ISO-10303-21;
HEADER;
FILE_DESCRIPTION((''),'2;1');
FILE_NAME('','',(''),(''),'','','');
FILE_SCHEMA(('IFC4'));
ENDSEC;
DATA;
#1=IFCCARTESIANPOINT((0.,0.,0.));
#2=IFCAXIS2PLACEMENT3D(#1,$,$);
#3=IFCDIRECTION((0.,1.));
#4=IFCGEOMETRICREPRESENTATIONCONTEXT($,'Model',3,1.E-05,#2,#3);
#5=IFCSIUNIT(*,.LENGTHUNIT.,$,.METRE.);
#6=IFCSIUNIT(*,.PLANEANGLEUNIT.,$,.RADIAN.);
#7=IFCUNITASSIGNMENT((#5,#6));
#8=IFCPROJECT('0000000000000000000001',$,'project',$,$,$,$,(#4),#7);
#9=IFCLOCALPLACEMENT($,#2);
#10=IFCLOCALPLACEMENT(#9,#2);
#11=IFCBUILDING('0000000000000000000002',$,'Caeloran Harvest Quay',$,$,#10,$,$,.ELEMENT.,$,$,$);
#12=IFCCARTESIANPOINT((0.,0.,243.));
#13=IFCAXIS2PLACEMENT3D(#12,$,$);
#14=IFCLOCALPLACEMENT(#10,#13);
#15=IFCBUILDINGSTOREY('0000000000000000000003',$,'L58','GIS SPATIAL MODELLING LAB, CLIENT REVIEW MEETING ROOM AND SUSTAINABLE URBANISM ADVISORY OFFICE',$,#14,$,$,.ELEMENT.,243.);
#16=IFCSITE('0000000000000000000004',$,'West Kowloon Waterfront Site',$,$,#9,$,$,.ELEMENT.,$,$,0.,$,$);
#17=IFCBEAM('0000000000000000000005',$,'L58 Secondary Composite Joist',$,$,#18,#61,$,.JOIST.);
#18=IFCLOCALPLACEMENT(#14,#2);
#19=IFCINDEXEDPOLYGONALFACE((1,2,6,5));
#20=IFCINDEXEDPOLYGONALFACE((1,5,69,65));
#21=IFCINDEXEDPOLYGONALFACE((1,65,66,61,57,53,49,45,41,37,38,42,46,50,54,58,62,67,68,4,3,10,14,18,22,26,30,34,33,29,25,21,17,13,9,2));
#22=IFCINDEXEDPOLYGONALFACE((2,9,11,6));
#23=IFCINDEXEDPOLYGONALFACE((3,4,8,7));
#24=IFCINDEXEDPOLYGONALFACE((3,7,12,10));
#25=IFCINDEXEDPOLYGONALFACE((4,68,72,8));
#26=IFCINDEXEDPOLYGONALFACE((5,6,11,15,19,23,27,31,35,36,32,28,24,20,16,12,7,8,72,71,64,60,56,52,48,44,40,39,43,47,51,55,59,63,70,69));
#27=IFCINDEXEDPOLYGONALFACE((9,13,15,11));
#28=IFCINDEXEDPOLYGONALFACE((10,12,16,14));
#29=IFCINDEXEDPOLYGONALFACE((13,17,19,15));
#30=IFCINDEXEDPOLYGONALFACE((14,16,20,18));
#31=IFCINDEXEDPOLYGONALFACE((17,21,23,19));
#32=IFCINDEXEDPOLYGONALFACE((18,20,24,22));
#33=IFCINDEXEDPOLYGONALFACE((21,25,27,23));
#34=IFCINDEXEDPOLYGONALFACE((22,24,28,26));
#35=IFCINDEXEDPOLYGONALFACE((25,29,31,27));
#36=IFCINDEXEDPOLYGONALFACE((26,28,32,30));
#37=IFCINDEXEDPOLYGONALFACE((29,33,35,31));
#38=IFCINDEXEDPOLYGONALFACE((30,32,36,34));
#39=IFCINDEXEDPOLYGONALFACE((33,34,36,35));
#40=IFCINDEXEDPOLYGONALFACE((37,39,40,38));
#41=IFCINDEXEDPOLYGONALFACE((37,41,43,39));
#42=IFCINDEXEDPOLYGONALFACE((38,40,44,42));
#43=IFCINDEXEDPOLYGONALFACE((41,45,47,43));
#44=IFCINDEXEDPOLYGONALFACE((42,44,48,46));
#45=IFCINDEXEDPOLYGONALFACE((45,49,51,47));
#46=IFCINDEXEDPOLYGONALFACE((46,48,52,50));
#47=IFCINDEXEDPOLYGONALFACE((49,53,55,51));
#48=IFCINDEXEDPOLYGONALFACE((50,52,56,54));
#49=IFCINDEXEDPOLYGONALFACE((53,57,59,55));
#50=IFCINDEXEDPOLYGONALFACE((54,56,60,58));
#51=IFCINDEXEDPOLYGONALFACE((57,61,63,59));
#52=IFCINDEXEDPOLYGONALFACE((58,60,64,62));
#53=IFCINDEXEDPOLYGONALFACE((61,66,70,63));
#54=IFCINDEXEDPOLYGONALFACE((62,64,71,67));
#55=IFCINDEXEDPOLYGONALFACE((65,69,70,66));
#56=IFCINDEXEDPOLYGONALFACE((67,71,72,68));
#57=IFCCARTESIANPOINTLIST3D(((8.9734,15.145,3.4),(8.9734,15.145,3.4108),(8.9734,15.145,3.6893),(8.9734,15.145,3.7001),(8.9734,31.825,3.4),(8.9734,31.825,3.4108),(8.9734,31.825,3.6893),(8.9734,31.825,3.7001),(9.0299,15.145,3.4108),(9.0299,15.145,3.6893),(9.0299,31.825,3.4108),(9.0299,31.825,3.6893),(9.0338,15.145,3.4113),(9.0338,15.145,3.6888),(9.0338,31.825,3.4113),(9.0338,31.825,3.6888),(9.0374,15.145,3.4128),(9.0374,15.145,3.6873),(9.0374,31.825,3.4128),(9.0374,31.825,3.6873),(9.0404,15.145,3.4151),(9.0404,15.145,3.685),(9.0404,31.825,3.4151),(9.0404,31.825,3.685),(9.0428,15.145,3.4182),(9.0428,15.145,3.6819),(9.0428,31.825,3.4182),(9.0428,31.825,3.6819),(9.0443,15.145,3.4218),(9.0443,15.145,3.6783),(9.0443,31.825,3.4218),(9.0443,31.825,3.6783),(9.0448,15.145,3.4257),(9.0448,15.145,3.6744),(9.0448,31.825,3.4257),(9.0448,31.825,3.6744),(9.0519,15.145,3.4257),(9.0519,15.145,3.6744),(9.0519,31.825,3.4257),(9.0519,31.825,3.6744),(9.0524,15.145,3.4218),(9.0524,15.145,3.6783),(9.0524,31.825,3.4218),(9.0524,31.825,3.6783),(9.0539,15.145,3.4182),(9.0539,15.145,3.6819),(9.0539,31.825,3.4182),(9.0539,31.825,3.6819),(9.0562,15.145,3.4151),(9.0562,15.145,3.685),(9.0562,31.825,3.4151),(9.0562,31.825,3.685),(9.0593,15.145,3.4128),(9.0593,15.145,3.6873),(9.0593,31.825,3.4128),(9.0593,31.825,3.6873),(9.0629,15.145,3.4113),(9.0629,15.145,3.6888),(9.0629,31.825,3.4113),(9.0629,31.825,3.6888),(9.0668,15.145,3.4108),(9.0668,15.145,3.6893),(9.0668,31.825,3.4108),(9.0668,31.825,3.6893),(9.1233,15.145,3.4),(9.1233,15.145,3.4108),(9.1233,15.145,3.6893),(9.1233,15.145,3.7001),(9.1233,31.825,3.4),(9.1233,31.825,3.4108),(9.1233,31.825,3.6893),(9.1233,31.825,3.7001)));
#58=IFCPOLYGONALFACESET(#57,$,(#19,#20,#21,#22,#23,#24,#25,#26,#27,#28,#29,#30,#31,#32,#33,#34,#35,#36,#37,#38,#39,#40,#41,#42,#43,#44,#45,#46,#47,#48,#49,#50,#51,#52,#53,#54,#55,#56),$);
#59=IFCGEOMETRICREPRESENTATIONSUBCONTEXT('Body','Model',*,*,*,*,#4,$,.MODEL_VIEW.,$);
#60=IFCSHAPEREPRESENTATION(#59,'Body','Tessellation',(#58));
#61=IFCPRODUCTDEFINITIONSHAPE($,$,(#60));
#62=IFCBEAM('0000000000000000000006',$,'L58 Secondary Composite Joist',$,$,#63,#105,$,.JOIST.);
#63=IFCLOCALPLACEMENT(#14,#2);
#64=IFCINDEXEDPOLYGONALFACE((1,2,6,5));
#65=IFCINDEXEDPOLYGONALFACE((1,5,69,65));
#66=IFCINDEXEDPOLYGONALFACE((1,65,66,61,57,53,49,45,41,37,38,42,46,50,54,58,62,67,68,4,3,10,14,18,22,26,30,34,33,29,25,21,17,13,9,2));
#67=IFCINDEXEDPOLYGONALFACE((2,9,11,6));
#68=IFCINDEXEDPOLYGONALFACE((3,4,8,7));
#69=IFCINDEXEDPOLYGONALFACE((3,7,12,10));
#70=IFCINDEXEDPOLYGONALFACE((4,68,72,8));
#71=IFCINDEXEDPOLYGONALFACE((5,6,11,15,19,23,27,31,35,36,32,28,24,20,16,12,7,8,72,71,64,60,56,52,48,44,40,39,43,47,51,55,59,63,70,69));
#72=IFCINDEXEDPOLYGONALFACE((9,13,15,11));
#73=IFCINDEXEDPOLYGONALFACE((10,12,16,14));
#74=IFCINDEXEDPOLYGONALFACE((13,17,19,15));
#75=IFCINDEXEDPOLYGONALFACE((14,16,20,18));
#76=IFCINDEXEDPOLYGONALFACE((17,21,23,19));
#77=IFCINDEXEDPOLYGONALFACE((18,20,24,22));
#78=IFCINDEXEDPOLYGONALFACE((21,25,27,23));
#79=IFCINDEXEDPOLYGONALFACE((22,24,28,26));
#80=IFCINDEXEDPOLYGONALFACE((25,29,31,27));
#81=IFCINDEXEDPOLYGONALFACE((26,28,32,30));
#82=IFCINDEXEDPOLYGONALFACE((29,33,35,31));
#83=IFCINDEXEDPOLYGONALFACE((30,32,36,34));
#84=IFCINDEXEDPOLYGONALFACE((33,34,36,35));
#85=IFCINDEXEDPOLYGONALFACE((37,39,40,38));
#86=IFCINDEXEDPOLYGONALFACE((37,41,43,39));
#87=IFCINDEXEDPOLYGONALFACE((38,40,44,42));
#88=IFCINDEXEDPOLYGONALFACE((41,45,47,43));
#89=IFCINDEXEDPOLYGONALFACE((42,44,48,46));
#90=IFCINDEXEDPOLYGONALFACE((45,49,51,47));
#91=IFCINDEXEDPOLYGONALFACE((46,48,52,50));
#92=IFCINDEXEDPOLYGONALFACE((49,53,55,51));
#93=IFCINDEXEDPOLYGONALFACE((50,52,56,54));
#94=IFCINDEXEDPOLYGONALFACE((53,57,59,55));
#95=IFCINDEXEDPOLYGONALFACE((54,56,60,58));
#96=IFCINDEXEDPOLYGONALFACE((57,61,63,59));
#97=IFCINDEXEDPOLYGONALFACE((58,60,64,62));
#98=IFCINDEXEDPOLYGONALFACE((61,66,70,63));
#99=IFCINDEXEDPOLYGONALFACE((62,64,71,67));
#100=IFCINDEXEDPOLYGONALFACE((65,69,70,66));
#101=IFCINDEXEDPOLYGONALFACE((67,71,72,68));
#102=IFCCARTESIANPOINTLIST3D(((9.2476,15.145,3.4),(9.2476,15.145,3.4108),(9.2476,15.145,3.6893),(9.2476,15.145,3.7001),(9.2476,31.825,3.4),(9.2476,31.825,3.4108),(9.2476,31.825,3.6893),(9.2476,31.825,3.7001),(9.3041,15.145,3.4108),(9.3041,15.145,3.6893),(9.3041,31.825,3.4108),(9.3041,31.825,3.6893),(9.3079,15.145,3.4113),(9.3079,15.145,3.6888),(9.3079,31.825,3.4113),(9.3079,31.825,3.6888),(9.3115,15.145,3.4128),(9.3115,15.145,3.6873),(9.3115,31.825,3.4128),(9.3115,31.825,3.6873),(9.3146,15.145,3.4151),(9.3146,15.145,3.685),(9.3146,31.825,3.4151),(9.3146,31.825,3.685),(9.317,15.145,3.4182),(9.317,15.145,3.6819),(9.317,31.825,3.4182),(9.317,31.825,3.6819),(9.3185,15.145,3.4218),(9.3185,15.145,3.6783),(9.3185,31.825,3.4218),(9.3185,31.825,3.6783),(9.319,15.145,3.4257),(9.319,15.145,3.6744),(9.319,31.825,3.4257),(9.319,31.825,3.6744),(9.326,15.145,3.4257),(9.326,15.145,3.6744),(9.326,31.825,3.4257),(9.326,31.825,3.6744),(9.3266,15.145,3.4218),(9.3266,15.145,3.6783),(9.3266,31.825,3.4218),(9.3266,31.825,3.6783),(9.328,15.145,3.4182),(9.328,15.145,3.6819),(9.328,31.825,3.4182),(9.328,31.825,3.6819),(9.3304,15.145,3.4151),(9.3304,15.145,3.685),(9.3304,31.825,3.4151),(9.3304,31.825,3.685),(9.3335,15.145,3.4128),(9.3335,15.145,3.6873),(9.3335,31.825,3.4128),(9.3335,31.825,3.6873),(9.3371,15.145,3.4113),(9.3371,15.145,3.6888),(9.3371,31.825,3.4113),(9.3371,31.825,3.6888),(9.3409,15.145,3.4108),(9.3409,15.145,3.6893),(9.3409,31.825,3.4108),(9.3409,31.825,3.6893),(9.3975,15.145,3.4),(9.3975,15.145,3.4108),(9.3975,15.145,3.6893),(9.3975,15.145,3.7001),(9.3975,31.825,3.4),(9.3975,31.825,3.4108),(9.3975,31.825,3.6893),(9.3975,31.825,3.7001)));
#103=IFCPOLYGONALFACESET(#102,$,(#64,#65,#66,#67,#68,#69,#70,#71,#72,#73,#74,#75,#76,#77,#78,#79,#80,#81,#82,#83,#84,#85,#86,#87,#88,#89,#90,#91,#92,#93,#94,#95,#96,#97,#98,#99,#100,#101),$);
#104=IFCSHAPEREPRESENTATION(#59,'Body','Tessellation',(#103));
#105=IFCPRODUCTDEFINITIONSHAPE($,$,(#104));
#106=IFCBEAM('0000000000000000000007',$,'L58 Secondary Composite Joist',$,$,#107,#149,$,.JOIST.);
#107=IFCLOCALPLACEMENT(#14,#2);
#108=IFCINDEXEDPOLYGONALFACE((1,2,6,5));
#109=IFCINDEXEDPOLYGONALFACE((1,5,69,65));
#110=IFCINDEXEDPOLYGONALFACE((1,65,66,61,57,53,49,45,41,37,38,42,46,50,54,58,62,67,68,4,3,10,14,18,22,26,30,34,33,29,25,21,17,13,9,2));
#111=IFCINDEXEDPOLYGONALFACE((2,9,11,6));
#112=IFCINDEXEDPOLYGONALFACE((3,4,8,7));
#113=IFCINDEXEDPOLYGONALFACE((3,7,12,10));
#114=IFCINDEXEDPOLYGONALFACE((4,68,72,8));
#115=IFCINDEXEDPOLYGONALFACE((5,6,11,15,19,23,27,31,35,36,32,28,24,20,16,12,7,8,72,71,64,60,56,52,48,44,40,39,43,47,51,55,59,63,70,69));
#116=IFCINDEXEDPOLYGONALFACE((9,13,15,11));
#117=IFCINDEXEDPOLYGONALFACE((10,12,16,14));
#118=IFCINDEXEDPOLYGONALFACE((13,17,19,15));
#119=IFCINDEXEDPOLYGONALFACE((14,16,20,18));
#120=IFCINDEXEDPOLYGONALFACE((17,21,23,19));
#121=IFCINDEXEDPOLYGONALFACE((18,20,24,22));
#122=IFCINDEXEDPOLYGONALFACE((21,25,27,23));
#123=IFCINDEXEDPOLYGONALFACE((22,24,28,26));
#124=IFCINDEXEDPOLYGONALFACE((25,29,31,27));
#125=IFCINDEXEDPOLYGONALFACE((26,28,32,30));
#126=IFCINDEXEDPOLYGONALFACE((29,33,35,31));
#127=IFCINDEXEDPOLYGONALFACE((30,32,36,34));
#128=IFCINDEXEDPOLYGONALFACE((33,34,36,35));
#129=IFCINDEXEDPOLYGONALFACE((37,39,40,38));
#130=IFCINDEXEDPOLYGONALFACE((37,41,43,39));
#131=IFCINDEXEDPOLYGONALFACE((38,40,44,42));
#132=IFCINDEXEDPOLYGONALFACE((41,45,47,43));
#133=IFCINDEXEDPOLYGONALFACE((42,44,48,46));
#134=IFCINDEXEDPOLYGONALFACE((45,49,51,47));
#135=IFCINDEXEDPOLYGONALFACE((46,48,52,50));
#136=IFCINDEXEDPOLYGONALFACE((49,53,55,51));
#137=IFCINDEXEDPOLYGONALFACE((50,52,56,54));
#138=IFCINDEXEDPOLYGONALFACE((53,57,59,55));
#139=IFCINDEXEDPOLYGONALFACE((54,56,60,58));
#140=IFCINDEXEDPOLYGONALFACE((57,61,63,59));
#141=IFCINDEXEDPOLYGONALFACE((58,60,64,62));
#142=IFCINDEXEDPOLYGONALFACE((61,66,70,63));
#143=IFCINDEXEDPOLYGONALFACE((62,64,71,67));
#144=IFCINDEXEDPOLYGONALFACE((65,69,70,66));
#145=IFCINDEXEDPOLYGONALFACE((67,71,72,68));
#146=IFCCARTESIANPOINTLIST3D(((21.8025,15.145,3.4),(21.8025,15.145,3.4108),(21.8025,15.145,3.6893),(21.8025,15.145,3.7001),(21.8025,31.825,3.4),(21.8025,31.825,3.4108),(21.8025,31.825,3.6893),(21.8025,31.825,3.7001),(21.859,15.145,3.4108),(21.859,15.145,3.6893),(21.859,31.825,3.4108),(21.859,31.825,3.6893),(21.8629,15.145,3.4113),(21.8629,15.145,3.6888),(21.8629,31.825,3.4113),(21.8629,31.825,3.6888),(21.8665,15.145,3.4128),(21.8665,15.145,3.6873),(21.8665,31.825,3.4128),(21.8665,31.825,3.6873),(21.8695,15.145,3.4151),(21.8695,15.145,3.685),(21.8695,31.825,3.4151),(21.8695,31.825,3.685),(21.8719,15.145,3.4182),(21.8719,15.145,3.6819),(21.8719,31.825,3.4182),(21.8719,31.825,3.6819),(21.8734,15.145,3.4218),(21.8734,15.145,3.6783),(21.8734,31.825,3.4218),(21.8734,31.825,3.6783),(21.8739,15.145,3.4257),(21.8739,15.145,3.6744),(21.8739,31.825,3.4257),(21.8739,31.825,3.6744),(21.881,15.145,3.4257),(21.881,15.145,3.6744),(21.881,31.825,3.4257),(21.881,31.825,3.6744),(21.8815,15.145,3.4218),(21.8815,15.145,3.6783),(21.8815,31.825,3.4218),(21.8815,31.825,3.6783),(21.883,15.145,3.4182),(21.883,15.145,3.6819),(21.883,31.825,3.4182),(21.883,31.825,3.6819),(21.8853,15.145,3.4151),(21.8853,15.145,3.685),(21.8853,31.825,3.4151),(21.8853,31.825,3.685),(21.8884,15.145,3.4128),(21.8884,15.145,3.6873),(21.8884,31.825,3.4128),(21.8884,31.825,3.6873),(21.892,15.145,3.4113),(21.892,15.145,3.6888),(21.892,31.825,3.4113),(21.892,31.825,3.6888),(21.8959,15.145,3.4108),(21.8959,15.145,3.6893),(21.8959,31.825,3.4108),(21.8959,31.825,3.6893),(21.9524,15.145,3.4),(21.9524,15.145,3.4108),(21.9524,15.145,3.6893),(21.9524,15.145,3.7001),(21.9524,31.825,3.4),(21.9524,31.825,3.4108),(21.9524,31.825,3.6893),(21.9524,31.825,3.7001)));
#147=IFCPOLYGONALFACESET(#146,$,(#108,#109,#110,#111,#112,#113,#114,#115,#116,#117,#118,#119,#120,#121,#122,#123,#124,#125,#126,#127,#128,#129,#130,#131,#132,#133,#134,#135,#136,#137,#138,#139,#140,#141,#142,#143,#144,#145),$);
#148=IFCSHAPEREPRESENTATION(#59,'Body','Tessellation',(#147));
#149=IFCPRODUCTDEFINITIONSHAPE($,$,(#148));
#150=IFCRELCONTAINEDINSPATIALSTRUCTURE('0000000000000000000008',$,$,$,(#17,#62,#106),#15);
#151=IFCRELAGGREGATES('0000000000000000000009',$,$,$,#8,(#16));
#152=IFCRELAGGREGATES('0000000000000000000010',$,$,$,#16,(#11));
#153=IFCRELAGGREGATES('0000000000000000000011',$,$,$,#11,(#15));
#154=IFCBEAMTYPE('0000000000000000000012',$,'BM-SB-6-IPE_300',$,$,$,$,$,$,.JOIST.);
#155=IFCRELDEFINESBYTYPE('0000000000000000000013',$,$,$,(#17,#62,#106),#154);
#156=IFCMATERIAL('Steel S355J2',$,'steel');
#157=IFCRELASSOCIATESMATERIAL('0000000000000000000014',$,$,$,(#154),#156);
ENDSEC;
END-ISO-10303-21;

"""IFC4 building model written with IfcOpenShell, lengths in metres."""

from ifc_helpers import new_model, si_unit, direction, frame, origin, origin_2d, place, context, subcontext, project, spatial, i_section, extrude, material, material_profile, profile_set, type_object, element, save


model = new_model("IFC4")

# Units and contexts
model_context = context("Model", 3, precision=1e-05, world=origin(), true_north=direction((0.0, 1.0)))
body_context = subcontext(model_context, "Body", "Model", "MODEL_VIEW")
ifc_project = project(units=[si_unit("LENGTHUNIT", "METRE"), si_unit("PLANEANGLEUNIT", "RADIAN")], contexts=[model_context])

# Site, building, storey
site_placement = place(None, origin())
site = spatial("IfcSite", under=ifc_project, at=site_placement, Name="West Kowloon Waterfront Site", CompositionType="ELEMENT", RefElevation=0.0)
building_placement = place(site_placement, origin())
building = spatial("IfcBuilding", under=site, at=building_placement, Name="Caeloran Harvest Quay", CompositionType="ELEMENT")
storey_placement = place(building_placement, frame((0.0, 0.0, 243.0)))
storey = spatial("IfcBuildingStorey", under=building, at=storey_placement, Name="L58", Description="GIS SPATIAL MODELLING LAB, CLIENT REVIEW MEETING ROOM AND SUSTAINABLE URBANISM ADVISORY OFFICE", CompositionType="ELEMENT", Elevation=243.0)

# Beams
ifc_material_1 = material(Name="Steel S355J2", Category="steel")
ifc_material_profile_1 = material_profile(ifc_material_1, i_section(OverallWidth=0.1499, OverallDepth=0.3, WebThickness=0.0071, FlangeThickness=0.0107, FilletRadius=0.0149, at=origin_2d()), Name="IPE 300")
ifc_profile_set_1 = profile_set([ifc_material_profile_1], Name="Steel S355J2")
beam_type_1 = type_object("IfcBeamType", Name="BM-SB-6-IPE_300", PredefinedType="JOIST", material=ifc_profile_set_1)
for number, where, z_axis, x_axis, name in (
    (1, (9.0483, 15.145, 3.55), (0.0, 1.0, 0.0), (-1.0, 0.0, 0.0), "L58 Secondary Composite Joist"),
    (2, (9.3225, 15.145, 3.55), (0.0, 1.0, 0.0), (-1.0, 0.0, 0.0), "L58 Secondary Composite Joist"),
    (3, (21.8774, 15.145, 3.55), (0.0, 1.0, 0.0), (-1.0, 0.0, 0.0), "L58 Secondary Composite Joist"),
):
    element("IfcBeam", number, at=place(storey_placement, frame(where, z_axis=z_axis, x_axis=x_axis)), inside=storey, type_object=beam_type_1, Name=name, PredefinedType="JOIST", context=body_context, shape_type="SweptSolid", body=[
        extrude(i_section(OverallWidth=0.1499, OverallDepth=0.3, WebThickness=0.0071, FlangeThickness=0.0107, FilletRadius=0.0149, at=origin_2d()), origin(), (0.0, 0.0, 1.0), 16.6799),
    ])

save(model, "model.ifc")
